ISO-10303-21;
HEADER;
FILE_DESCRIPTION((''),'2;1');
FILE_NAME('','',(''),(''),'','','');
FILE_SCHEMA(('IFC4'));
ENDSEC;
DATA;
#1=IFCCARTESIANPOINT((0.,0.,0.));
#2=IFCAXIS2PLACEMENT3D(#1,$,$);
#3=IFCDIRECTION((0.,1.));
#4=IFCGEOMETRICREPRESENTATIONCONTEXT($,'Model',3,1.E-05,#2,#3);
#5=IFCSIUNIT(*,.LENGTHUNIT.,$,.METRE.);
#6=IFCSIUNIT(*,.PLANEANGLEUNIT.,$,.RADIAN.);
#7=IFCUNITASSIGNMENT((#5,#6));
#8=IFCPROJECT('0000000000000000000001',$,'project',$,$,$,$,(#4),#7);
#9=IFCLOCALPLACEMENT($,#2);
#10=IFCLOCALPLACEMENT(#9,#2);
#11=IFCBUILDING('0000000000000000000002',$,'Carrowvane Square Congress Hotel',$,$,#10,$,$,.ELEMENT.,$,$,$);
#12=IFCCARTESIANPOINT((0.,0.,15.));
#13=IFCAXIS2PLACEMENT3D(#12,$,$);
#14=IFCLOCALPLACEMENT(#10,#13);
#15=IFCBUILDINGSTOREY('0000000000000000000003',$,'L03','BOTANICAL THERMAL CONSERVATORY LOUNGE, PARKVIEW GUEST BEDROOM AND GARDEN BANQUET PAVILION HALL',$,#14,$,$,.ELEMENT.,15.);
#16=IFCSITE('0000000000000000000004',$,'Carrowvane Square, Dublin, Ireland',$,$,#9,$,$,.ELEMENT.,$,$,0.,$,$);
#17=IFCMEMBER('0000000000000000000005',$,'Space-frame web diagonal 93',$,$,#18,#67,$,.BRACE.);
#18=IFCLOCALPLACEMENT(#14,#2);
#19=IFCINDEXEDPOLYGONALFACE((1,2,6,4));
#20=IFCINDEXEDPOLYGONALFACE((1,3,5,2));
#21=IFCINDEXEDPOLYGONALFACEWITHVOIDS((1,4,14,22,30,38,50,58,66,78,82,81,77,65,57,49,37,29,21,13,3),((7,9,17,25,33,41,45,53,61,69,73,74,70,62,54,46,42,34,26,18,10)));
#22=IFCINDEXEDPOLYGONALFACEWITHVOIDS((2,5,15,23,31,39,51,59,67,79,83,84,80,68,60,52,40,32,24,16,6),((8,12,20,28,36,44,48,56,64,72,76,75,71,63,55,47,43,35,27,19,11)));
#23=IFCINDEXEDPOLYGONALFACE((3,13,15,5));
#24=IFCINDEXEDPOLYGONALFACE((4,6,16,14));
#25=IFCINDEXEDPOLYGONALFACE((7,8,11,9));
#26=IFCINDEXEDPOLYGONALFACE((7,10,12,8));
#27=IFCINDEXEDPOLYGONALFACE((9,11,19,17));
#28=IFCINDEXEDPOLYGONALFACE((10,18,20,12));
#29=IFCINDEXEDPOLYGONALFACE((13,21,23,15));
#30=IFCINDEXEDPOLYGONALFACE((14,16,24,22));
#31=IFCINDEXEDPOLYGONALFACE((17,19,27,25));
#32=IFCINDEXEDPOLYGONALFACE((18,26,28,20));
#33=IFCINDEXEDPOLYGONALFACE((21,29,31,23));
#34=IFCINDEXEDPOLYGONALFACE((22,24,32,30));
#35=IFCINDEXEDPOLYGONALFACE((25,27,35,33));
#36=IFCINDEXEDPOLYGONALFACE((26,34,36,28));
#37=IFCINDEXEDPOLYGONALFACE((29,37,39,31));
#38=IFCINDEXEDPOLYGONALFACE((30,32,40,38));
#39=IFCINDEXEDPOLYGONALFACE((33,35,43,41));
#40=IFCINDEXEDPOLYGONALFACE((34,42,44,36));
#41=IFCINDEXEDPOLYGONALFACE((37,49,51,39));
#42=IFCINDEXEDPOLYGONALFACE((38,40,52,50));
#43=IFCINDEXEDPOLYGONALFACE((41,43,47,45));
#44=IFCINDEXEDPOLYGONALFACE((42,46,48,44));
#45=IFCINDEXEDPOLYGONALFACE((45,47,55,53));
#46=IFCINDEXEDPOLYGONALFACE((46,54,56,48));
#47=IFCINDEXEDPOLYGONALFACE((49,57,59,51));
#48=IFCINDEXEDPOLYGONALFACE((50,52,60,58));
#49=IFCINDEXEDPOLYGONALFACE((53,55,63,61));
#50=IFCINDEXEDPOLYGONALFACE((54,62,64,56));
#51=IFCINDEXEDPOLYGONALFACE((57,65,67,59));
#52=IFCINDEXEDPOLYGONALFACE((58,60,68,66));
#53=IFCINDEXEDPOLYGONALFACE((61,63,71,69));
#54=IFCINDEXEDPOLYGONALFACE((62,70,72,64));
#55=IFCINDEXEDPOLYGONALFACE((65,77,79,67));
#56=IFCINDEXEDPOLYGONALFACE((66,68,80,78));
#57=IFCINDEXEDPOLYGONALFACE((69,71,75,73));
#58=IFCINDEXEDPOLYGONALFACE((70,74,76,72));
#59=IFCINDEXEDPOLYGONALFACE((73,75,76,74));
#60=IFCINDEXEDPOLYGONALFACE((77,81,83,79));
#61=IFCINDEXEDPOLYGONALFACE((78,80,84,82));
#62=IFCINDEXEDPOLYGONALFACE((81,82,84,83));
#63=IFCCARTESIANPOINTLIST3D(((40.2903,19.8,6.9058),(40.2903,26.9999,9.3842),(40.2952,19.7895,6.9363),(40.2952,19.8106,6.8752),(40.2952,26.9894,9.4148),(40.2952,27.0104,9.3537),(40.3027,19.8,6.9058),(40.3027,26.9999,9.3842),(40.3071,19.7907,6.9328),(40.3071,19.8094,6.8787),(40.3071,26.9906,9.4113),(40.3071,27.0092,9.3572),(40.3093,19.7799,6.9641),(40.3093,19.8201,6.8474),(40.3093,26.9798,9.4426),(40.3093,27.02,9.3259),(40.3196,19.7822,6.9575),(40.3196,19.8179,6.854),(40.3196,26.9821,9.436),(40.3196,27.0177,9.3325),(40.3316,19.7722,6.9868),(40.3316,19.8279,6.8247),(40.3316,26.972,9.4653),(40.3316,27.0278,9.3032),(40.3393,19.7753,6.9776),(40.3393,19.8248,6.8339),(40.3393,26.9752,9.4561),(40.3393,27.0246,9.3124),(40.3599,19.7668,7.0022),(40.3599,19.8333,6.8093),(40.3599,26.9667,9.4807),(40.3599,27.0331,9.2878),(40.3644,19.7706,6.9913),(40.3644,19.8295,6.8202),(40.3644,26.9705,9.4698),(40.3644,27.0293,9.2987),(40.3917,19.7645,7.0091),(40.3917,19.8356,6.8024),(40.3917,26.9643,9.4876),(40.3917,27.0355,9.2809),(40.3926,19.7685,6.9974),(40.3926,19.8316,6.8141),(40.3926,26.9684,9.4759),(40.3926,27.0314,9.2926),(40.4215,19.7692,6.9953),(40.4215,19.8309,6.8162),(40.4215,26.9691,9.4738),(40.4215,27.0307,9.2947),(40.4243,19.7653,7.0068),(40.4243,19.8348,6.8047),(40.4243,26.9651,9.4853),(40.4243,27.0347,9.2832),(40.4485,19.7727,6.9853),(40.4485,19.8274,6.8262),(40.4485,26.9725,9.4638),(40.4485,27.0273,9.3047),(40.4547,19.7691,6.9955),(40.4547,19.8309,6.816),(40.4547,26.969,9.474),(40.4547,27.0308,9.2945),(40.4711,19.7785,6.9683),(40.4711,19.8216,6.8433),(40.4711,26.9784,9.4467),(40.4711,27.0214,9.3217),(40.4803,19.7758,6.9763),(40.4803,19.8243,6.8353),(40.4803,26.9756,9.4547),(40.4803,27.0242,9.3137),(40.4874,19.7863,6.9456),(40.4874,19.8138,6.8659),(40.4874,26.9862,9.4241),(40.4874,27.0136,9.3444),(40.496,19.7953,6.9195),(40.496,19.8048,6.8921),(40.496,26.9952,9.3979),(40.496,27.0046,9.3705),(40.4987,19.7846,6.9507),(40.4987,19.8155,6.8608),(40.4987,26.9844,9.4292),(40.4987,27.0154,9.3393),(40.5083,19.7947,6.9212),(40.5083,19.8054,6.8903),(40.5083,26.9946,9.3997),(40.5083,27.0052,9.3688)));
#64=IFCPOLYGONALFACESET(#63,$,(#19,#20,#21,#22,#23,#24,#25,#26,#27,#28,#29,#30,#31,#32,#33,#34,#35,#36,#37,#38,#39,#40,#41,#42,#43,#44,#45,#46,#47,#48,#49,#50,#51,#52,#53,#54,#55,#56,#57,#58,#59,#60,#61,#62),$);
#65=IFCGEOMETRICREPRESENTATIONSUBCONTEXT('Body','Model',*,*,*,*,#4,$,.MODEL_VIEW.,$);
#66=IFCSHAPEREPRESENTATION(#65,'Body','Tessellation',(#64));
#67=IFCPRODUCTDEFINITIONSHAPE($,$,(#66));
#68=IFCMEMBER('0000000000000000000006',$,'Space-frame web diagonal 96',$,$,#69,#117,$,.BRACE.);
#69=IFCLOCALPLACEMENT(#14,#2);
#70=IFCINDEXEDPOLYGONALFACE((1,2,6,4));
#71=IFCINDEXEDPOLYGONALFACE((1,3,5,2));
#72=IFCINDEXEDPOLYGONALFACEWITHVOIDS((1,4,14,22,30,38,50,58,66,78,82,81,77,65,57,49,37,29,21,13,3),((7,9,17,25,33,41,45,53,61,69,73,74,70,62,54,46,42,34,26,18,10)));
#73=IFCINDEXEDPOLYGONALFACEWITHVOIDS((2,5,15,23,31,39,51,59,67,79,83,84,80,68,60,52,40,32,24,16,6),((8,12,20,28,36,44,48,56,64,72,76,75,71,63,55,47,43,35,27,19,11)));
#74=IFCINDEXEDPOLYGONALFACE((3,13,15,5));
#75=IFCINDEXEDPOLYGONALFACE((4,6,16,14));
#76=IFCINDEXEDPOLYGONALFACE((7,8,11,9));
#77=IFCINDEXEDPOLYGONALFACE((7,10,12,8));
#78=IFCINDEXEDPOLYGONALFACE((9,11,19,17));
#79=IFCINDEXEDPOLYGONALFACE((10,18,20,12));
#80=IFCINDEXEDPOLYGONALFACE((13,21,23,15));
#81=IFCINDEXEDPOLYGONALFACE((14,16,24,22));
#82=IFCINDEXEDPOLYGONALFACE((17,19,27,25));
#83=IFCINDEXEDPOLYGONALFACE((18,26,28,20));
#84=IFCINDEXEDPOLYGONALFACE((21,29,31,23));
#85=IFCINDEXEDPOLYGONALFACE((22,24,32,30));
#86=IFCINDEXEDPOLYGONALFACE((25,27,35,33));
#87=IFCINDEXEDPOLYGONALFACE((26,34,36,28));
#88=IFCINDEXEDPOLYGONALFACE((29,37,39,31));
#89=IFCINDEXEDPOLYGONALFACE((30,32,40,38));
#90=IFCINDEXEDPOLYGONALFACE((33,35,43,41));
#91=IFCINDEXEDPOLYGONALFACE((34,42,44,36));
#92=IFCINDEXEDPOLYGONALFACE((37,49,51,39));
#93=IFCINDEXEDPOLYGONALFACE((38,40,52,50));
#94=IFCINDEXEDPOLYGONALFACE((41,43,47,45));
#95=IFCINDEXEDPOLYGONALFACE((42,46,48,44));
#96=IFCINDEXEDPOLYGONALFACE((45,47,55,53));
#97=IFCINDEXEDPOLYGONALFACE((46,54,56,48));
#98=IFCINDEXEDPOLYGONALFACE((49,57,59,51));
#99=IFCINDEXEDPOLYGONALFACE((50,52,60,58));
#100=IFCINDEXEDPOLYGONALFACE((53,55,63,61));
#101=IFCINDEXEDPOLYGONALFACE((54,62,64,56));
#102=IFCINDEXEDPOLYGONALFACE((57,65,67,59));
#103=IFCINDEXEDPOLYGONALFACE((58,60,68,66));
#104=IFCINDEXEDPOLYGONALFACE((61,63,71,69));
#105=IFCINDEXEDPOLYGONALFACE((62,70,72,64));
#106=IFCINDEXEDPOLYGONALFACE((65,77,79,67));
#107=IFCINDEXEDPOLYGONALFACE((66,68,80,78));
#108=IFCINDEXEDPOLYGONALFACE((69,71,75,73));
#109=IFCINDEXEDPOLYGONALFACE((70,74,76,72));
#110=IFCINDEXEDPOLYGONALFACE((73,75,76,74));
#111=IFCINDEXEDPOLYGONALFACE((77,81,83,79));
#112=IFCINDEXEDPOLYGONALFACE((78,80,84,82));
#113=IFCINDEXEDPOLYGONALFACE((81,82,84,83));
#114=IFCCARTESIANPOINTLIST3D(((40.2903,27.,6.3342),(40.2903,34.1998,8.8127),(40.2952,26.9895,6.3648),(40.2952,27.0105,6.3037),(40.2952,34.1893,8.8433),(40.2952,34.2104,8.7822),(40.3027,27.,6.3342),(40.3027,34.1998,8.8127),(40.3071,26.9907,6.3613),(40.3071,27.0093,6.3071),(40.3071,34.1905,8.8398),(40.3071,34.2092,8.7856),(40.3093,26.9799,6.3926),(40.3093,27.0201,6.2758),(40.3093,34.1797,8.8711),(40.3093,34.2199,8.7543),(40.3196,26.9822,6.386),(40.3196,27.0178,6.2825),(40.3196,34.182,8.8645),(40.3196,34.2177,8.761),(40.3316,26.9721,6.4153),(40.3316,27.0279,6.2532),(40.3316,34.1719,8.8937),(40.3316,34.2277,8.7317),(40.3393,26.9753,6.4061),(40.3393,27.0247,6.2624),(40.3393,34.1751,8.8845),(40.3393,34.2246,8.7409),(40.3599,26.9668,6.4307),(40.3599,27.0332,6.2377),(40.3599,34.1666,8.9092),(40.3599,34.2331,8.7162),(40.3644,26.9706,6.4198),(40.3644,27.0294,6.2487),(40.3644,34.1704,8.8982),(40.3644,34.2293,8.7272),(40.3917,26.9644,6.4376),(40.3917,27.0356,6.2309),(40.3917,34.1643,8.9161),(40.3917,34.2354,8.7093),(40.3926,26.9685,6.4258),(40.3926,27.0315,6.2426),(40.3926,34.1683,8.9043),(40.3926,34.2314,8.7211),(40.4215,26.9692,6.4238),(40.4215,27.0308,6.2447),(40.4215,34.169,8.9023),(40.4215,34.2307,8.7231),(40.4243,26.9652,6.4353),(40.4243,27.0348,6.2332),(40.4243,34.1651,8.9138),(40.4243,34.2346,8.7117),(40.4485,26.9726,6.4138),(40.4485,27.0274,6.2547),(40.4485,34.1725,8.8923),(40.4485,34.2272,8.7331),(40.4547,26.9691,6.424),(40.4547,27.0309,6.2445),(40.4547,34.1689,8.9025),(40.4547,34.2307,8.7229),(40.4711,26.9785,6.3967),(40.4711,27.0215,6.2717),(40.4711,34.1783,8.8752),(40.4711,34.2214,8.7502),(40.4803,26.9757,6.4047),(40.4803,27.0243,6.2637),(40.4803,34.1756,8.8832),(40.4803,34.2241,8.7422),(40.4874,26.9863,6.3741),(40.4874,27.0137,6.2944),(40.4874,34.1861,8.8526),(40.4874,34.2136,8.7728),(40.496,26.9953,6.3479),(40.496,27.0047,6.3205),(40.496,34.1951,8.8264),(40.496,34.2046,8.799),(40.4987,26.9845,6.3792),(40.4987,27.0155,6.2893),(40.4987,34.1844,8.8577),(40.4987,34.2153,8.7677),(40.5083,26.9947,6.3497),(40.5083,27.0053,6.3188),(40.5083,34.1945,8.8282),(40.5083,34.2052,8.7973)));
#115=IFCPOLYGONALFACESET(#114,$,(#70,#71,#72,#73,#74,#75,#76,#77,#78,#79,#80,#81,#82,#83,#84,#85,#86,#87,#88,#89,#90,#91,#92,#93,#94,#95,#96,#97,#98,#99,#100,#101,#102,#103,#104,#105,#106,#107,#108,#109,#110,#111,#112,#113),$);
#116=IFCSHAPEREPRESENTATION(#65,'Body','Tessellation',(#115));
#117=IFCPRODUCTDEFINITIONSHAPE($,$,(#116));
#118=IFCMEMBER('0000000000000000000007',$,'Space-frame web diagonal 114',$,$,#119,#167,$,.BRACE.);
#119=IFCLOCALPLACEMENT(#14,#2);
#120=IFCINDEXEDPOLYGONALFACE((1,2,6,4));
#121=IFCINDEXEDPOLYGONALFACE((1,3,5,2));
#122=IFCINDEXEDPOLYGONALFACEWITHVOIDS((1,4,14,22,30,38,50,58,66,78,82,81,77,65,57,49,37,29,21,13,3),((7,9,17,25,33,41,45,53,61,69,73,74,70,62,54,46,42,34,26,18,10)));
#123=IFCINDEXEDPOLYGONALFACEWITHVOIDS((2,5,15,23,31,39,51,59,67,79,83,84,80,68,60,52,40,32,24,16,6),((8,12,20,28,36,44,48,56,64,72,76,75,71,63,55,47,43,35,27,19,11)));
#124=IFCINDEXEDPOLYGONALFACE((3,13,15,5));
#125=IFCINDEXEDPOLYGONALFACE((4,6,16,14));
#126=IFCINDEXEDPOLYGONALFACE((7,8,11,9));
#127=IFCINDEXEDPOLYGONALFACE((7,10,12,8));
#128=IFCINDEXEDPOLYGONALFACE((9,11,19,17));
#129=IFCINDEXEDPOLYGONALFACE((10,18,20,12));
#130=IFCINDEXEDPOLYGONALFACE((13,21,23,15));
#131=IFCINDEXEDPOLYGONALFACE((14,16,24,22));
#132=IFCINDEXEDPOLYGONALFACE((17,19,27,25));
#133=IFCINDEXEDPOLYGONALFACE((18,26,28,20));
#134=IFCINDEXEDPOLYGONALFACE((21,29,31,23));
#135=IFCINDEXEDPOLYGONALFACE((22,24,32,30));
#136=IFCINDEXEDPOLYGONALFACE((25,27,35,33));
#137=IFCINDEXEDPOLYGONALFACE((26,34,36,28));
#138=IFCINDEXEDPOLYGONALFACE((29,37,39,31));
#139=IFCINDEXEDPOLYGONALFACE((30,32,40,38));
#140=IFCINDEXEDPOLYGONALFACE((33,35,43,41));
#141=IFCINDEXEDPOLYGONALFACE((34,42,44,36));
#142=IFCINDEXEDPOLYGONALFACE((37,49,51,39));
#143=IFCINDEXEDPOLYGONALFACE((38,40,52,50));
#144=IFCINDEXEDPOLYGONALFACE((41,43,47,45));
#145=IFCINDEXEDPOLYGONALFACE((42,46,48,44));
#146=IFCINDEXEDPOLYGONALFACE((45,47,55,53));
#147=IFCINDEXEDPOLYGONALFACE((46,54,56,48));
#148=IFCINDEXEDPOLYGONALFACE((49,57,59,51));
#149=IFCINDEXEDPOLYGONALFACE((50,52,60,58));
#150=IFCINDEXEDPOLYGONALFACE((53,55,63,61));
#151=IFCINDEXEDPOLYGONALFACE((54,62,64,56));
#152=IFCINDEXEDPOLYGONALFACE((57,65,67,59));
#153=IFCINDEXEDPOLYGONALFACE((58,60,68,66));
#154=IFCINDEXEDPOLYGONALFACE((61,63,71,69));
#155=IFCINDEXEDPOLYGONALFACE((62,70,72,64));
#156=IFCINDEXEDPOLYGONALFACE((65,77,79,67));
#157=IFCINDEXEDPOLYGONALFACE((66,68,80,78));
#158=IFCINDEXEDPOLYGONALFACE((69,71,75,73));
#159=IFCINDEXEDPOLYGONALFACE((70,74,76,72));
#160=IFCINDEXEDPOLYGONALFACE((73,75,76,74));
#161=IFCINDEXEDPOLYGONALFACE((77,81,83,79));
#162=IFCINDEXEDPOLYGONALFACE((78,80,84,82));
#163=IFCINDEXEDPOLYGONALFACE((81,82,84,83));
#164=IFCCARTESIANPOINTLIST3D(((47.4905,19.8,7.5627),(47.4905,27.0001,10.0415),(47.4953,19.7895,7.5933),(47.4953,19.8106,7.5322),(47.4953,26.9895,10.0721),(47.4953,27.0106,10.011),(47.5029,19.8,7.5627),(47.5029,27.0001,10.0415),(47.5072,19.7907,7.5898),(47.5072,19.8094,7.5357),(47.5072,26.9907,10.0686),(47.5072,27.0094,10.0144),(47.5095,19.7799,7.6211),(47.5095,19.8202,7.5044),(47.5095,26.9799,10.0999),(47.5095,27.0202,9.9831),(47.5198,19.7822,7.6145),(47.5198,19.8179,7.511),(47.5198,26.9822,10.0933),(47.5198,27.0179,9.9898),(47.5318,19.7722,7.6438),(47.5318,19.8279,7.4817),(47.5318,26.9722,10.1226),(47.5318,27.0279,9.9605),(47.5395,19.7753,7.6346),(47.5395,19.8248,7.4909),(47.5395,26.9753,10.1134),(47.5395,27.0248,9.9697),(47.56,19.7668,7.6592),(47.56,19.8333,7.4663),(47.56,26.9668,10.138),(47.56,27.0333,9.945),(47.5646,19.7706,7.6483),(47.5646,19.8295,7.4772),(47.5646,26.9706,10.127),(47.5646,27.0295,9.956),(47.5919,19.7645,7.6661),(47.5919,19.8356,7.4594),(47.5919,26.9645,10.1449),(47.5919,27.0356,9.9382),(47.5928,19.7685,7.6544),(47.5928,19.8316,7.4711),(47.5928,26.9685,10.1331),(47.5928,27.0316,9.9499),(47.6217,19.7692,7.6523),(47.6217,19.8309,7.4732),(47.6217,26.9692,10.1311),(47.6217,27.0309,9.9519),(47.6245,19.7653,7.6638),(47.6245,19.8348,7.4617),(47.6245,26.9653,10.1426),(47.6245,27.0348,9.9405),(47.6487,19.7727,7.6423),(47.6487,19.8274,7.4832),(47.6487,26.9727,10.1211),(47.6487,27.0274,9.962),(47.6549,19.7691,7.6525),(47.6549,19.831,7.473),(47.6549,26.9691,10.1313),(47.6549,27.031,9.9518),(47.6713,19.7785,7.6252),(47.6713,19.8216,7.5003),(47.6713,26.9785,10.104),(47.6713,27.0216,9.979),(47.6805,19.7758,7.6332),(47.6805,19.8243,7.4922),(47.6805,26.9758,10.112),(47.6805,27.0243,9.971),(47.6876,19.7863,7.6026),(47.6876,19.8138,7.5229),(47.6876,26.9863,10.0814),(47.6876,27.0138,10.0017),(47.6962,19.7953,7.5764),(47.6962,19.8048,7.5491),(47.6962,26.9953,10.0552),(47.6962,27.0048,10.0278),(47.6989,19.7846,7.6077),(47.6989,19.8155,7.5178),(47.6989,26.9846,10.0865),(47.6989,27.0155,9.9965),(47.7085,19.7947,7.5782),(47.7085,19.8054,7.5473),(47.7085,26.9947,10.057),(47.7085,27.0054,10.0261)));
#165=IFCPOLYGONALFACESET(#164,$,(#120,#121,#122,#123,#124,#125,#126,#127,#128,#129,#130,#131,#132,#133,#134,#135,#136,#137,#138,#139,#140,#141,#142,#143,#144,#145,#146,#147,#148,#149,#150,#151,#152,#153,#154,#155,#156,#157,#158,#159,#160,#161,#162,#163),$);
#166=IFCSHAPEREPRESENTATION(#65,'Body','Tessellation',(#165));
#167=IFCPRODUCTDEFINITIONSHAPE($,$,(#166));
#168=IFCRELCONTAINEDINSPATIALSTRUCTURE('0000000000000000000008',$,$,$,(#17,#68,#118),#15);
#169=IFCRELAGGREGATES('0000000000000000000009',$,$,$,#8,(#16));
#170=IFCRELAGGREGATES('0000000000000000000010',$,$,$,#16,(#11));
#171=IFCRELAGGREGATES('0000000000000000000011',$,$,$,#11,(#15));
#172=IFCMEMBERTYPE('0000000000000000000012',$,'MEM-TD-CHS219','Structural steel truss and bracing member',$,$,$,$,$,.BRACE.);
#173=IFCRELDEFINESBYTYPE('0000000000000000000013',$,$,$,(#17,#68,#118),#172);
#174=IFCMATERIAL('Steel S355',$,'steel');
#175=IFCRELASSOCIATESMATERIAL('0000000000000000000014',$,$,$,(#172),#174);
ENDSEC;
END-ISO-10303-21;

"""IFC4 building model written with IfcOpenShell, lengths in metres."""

from ifc_helpers import new_model, si_unit, direction, frame, origin, origin_2d, place, context, subcontext, project, spatial, hollow_circle, extrude, material, material_profile, profile_set, type_object, element, save


model = new_model("IFC4")

# Units and contexts
model_context = context("Model", 3, precision=1e-05, world=origin(), true_north=direction((0.0, 1.0)))
body_context = subcontext(model_context, "Body", "Model", "MODEL_VIEW")
ifc_project = project(units=[si_unit("LENGTHUNIT", "METRE"), si_unit("PLANEANGLEUNIT", "RADIAN")], contexts=[model_context])

# Site, building, storey
site_placement = place(None, origin())
site = spatial("IfcSite", under=ifc_project, at=site_placement, Name="Carrowvane Square, Dublin, Ireland", CompositionType="ELEMENT", RefElevation=0.0)
building_placement = place(site_placement, origin())
building = spatial("IfcBuilding", under=site, at=building_placement, Name="Carrowvane Square Congress Hotel", CompositionType="ELEMENT")
storey_placement = place(building_placement, frame((0.0, 0.0, 15.0)))
storey = spatial("IfcBuildingStorey", under=building, at=storey_placement, Name="L03", Description="BOTANICAL THERMAL CONSERVATORY LOUNGE, PARKVIEW GUEST BEDROOM AND GARDEN BANQUET PAVILION HALL", CompositionType="ELEMENT", Elevation=15.0)

# Members
ifc_material_1 = material(Name="Steel S355", Category="steel")
ifc_material_profile_1 = material_profile(ifc_material_1, hollow_circle(Radius=0.1096, WallThickness=0.0125, at=origin_2d()), Name="CHS 219.1x12.5")
ifc_profile_set_1 = profile_set([ifc_material_profile_1], Name="Steel S355")
member_type_1 = type_object("IfcMemberType", Name="MEM-TD-CHS219", Description="Structural steel truss and bracing member", PredefinedType="BRACE", material=ifc_profile_set_1)
for number, where, z_axis, x_axis, name in (
    (1, (40.3999, 19.8, 6.9058), (0.0, 0.945544, 0.325495), (-1.0, 0.0, 0.0), "Space-frame web diagonal 93"),
    (2, (40.3999, 27.0, 6.3342), (0.0, 0.945544, 0.325495), (-1.0, 0.0, 0.0), "Space-frame web diagonal 96"),
):
    element("IfcMember", number, at=place(storey_placement, frame(where, z_axis=z_axis, x_axis=x_axis)), inside=storey, type_object=member_type_1, Name=name, PredefinedType="BRACE", context=body_context, shape_type="SweptSolid", body=[
        extrude(hollow_circle(Radius=0.1096, WallThickness=0.0125, at=origin_2d()), origin(), (0.0, 0.0, 1.0), 7.6145),
    ])
member_1_placement = place(storey_placement, frame((47.6001, 19.8, 7.5627), z_axis=(0.0, 0.945534, 0.325523), x_axis=(-1.0, 0.0, 0.0)))
element("IfcMember", 3, at=member_1_placement, inside=storey, type_object=member_type_1, Name="Space-frame web diagonal 114", PredefinedType="BRACE", context=body_context, shape_type="SweptSolid", body=[
    extrude(hollow_circle(Radius=0.1096, WallThickness=0.0125, at=origin_2d()), origin(), (0.0, 0.0, 1.0), 7.6147),
])

save(model, "model.ifc")
